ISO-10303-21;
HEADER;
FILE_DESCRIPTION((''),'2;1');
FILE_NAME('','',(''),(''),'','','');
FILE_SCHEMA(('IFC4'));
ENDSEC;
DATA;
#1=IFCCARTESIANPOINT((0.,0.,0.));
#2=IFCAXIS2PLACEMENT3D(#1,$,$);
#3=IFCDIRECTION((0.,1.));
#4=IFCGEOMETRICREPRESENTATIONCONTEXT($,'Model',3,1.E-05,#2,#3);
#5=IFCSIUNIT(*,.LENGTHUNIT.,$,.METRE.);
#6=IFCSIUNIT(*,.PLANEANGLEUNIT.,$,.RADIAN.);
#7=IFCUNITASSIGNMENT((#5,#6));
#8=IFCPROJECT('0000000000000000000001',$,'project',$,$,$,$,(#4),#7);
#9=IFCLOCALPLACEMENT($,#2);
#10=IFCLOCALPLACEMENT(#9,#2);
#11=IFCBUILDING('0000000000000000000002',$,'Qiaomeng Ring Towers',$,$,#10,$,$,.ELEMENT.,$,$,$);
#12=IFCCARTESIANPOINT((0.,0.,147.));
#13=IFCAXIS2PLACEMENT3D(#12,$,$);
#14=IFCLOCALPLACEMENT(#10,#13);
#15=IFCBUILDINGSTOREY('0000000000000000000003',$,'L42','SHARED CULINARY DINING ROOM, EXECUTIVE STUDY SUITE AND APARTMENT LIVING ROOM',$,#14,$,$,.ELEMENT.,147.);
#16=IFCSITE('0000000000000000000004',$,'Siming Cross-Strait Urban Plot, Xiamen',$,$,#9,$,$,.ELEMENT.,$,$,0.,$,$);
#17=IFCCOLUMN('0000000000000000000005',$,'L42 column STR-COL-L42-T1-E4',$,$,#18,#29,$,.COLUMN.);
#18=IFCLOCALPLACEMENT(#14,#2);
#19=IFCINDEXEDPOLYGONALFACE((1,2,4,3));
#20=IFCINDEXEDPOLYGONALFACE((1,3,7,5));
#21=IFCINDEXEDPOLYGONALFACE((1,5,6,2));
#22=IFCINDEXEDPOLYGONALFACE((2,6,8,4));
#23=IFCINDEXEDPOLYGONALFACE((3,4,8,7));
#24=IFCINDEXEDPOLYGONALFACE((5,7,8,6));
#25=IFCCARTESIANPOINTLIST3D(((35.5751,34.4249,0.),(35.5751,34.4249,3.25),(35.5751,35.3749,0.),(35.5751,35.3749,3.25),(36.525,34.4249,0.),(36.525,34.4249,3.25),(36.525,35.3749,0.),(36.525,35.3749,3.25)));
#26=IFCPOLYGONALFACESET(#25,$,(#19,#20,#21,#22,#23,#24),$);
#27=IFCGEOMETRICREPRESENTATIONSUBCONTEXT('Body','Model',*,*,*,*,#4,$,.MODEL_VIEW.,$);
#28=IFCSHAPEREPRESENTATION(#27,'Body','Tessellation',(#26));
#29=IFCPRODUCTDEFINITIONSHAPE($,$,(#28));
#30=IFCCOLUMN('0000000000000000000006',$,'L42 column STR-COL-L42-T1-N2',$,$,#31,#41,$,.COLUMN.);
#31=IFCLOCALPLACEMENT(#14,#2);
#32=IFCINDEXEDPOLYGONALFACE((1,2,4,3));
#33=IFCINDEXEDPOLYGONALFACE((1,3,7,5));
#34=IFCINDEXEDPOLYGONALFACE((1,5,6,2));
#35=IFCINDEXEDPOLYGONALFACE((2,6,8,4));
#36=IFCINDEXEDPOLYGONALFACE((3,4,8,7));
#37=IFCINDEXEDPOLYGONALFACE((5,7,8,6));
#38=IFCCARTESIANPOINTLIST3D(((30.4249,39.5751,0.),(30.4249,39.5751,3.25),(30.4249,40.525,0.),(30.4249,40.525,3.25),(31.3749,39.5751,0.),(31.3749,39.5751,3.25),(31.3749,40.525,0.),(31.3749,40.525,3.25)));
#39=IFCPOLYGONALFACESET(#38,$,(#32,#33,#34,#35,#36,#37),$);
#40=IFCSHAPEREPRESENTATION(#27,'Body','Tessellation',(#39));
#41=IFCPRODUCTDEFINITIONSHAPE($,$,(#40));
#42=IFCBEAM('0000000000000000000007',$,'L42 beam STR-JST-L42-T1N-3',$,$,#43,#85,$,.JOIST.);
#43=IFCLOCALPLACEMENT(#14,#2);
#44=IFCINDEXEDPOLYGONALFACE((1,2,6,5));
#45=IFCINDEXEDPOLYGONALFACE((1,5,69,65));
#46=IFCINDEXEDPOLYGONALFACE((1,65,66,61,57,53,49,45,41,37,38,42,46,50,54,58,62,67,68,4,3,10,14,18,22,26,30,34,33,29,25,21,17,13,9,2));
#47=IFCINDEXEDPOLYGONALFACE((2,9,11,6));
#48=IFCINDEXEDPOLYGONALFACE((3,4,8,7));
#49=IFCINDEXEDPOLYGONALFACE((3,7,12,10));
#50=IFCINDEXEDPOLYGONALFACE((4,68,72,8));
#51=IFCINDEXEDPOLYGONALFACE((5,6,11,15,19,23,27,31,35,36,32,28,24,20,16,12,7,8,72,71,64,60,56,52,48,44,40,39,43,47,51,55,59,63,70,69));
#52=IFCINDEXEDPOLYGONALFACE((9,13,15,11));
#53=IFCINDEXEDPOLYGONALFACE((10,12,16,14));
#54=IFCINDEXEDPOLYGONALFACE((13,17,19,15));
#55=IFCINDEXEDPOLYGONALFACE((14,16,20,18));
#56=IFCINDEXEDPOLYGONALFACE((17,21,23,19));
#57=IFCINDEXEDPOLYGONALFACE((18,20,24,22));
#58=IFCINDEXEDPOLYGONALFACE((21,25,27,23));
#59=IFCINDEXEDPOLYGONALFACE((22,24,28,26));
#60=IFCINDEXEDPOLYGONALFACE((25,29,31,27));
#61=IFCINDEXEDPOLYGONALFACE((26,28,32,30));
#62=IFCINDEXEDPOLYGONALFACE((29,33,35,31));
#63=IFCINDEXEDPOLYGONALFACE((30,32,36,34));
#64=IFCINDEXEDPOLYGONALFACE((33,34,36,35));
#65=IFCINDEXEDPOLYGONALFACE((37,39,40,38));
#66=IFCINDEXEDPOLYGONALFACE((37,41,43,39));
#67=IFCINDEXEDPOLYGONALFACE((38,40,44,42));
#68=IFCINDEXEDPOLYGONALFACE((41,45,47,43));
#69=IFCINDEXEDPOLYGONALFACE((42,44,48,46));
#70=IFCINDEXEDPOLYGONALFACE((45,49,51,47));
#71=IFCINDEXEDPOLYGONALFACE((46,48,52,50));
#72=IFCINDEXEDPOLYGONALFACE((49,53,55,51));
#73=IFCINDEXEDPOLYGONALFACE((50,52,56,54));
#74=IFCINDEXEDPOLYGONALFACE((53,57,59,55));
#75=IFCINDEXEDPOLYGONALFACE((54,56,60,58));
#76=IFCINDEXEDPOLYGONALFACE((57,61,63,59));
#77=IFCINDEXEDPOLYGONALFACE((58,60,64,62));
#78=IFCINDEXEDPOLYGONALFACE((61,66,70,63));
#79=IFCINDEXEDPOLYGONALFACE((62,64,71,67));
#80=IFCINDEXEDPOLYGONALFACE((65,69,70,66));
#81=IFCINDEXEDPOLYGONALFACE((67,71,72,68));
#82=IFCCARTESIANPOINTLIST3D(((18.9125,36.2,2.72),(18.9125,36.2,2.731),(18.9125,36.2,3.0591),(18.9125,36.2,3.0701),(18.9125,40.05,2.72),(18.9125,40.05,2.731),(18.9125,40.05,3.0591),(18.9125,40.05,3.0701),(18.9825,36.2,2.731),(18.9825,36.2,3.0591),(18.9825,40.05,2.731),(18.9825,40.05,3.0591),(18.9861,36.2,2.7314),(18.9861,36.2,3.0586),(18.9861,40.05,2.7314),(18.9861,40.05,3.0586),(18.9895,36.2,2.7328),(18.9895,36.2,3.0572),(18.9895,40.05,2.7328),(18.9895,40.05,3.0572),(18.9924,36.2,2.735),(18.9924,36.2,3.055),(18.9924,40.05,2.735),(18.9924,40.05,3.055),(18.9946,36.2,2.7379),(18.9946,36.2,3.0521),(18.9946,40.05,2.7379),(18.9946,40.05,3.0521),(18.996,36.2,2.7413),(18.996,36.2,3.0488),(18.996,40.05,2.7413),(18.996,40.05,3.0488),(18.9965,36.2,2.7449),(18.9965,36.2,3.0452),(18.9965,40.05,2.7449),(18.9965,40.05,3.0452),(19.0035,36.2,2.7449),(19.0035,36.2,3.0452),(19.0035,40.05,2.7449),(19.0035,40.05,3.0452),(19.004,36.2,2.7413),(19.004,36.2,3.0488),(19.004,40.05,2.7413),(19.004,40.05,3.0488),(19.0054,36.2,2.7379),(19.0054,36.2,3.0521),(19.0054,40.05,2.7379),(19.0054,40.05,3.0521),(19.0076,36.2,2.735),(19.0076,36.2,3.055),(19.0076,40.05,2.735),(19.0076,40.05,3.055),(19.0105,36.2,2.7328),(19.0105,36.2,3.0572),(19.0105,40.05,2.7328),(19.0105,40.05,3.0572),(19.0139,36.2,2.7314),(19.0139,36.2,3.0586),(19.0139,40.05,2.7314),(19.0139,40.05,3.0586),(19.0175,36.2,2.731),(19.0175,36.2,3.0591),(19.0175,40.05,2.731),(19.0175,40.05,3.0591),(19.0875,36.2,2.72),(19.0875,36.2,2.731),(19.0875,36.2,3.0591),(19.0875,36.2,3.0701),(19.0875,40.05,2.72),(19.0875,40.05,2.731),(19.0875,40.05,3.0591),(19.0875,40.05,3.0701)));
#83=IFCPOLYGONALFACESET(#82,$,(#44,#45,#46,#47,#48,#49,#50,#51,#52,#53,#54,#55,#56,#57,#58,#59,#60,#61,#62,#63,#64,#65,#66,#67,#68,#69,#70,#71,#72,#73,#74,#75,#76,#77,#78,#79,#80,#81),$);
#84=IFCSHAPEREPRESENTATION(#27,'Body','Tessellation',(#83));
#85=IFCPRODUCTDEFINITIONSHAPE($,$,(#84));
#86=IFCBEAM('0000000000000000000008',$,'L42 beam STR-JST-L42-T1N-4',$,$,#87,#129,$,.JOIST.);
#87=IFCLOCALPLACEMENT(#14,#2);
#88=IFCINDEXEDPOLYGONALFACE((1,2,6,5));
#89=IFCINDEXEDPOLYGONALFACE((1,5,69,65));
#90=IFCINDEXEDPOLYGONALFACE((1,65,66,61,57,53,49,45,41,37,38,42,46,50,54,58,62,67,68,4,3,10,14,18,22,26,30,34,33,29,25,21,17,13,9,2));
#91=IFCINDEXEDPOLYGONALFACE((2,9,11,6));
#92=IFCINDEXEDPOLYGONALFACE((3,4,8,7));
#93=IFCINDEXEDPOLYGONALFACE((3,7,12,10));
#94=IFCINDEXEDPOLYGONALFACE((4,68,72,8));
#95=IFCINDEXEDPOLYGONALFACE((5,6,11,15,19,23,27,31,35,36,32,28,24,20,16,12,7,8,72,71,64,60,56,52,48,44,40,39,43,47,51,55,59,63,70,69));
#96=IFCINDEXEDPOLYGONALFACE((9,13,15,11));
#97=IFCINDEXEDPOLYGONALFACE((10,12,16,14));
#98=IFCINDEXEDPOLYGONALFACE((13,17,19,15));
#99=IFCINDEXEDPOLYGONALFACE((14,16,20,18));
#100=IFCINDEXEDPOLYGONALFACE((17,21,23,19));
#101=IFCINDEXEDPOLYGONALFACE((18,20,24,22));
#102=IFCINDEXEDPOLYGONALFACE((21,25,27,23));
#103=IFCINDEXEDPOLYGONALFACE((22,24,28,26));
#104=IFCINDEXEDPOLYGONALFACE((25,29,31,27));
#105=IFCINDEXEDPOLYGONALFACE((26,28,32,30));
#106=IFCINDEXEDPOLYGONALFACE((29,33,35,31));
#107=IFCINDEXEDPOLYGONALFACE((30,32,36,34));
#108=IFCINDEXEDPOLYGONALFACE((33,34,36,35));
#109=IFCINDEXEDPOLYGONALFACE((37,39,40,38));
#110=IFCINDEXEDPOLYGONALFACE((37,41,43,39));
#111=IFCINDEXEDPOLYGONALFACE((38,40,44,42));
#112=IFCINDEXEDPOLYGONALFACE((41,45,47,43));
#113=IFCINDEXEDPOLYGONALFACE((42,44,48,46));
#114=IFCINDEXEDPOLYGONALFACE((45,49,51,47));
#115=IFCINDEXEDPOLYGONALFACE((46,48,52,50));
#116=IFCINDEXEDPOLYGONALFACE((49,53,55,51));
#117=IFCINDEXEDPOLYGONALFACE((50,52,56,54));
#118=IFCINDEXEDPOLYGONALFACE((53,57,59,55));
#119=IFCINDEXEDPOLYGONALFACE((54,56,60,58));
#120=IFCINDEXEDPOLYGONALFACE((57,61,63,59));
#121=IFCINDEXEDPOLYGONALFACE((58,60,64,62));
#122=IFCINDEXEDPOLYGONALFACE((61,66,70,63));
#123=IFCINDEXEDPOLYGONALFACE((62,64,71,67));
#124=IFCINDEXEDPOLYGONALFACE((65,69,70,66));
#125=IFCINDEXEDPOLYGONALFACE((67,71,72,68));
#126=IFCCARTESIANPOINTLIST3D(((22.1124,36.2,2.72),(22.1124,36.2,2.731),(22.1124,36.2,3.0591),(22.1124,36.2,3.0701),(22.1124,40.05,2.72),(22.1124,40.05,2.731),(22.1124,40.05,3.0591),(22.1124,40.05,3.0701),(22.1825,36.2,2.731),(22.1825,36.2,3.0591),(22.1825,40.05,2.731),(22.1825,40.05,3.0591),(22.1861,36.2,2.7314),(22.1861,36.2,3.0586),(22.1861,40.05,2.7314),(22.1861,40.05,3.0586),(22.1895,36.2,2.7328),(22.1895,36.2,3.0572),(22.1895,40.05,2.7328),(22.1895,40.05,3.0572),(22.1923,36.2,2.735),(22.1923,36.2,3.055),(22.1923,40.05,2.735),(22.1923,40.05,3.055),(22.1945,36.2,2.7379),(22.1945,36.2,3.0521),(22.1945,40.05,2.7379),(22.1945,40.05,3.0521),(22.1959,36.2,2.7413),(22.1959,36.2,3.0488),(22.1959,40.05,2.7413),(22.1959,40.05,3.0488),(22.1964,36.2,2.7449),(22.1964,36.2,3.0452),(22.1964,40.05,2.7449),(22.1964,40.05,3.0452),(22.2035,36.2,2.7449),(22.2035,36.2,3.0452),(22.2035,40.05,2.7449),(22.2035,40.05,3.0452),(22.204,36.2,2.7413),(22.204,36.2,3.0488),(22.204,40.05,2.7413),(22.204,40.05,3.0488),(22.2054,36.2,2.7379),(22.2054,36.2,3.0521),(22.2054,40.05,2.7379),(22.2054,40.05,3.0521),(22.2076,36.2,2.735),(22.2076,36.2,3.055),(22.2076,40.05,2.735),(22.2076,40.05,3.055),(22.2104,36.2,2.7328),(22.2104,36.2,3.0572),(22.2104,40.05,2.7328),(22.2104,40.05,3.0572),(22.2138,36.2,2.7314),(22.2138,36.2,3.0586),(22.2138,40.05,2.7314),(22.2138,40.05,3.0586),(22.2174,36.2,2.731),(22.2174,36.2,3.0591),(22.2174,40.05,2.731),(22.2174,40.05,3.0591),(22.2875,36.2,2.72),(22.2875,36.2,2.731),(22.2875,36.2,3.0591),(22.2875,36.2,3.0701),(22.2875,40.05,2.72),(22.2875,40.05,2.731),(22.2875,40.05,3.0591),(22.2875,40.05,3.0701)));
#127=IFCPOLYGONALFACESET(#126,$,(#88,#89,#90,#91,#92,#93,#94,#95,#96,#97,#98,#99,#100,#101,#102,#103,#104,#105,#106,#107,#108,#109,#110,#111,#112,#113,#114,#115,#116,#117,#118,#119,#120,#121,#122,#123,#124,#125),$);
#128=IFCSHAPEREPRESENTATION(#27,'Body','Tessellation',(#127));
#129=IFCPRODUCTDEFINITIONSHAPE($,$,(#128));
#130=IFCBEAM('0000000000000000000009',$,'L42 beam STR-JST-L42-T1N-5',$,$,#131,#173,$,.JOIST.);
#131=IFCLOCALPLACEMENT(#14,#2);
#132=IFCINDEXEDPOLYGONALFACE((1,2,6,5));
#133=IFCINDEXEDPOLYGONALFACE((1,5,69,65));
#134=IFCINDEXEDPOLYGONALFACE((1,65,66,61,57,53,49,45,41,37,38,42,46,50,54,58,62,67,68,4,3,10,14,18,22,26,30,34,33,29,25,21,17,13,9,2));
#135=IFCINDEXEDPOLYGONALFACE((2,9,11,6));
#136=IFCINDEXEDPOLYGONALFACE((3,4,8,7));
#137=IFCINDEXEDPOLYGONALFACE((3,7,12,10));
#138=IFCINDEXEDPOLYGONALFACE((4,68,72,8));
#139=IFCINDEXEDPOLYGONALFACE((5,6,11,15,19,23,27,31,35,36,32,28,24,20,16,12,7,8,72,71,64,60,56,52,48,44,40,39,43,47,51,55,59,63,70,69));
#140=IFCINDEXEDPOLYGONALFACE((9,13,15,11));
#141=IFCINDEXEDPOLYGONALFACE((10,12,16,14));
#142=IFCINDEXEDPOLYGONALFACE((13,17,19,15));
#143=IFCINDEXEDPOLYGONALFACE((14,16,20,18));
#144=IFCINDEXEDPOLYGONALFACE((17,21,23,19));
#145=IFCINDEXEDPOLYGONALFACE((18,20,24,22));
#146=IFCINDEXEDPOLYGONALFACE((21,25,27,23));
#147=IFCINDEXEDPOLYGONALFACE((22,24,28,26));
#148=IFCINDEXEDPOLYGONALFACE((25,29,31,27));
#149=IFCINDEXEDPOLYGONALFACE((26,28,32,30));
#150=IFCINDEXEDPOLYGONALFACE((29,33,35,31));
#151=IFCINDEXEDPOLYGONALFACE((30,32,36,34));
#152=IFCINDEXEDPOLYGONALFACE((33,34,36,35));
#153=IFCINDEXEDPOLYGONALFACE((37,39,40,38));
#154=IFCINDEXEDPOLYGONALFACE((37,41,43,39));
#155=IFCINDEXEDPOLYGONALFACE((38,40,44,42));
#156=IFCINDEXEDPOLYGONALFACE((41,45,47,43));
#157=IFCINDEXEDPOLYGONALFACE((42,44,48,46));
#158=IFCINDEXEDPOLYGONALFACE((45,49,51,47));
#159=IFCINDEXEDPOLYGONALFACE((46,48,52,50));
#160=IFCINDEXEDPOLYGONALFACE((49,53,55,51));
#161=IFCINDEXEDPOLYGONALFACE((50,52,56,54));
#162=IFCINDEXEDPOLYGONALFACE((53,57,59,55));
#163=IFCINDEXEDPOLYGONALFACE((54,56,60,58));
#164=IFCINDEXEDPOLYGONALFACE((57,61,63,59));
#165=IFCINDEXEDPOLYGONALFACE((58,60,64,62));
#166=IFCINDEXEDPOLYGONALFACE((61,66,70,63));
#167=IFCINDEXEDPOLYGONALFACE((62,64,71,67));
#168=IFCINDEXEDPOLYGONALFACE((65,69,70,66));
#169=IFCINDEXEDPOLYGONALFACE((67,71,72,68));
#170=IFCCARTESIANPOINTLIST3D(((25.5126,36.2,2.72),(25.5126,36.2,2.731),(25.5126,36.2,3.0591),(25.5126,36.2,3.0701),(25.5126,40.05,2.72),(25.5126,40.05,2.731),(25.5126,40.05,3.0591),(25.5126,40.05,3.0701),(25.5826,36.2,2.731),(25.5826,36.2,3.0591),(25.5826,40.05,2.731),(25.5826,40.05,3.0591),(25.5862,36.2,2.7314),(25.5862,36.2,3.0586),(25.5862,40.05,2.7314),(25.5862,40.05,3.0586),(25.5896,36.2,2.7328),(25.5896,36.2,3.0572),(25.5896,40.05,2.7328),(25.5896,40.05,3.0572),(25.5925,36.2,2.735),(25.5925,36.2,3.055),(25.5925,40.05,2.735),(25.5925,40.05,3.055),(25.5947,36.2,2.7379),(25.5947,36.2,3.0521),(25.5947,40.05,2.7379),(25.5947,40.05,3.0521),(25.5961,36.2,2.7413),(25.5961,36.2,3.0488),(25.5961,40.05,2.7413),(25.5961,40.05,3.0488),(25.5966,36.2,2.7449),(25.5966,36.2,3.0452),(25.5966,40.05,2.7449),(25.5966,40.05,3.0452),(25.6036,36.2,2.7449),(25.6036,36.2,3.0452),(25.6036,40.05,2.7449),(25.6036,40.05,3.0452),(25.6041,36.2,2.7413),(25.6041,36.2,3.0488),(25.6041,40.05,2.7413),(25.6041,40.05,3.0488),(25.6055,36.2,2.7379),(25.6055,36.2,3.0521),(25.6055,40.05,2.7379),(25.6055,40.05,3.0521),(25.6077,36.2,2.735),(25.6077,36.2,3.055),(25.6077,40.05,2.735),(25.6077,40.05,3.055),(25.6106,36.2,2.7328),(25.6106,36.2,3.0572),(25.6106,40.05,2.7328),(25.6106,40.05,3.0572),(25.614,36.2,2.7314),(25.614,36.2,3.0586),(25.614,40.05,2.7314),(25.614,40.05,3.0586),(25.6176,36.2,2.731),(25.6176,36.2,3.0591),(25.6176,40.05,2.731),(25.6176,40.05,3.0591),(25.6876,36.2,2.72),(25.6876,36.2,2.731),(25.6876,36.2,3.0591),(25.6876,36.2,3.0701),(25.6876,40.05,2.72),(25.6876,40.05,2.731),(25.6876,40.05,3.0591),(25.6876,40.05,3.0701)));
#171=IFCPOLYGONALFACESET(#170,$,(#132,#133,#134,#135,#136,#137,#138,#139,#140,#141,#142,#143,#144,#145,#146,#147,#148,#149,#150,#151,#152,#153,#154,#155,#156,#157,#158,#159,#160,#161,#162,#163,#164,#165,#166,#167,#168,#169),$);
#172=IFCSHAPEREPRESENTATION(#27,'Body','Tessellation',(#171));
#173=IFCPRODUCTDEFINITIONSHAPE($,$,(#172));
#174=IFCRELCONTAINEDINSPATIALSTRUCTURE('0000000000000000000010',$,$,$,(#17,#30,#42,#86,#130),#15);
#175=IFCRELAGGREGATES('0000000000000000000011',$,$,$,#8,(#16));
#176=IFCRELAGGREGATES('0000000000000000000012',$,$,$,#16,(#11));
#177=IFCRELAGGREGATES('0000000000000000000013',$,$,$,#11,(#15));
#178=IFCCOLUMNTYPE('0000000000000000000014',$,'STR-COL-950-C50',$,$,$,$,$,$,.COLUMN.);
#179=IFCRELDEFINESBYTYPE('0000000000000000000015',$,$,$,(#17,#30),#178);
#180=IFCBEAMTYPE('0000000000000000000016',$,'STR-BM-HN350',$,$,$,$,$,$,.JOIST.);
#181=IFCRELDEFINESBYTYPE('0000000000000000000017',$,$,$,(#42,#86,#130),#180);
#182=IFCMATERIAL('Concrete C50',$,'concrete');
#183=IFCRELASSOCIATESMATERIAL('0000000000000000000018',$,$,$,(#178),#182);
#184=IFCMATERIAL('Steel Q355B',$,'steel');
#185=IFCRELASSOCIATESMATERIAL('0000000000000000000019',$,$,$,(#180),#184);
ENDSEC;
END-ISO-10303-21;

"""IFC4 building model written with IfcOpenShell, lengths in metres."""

from ifc_helpers import new_model, si_unit, direction, frame, origin, origin_2d, place, context, subcontext, project, spatial, rectangle, i_section, extrude, source, transform, mapped, material, material_profile, profile_set, type_object, element, save


model = new_model("IFC4")

# Units and contexts
model_context = context("Model", 3, precision=1e-05, world=origin(), true_north=direction((0.0, 1.0)))
body_context = subcontext(model_context, "Body", "Model", "MODEL_VIEW")
ifc_project = project(units=[si_unit("LENGTHUNIT", "METRE"), si_unit("PLANEANGLEUNIT", "RADIAN")], contexts=[model_context])

# Site, building, storey
site_placement = place(None, origin())
site = spatial("IfcSite", under=ifc_project, at=site_placement, Name="Siming Cross-Strait Urban Plot, Xiamen", CompositionType="ELEMENT", RefElevation=0.0)
building_placement = place(site_placement, origin())
building = spatial("IfcBuilding", under=site, at=building_placement, Name="Qiaomeng Ring Towers", CompositionType="ELEMENT")
storey_placement = place(building_placement, frame((0.0, 0.0, 147.0)))
storey = spatial("IfcBuildingStorey", under=building, at=storey_placement, Name="L42", Description="SHARED CULINARY DINING ROOM, EXECUTIVE STUDY SUITE AND APARTMENT LIVING ROOM", CompositionType="ELEMENT", Elevation=147.0)

# Columns
ifc_material_1 = material(Name="Concrete C50", Category="concrete")
ifc_material_profile_1 = material_profile(ifc_material_1, rectangle(XDim=0.95, YDim=0.95, at=origin_2d()), Name="RC COL 950x950")
ifc_profile_set_1 = profile_set([ifc_material_profile_1], Name="Concrete C50")
column_type = type_object("IfcColumnType", Name="STR-COL-950-C50", PredefinedType="COLUMN", material=ifc_profile_set_1)
shared_shape_1 = source(origin(), body_context, "Body", "SweptSolid", [
    extrude(rectangle(XDim=0.95, YDim=0.95, at=origin_2d()), origin(), (0.0, 0.0, 1.0), 3.25),
])
for number, where, z_axis, x_axis, name in (
    (1, (36.05, 34.8999, 0.0), (0.0, 0.0, 1.0), (1.0, 0.0, 0.0), "L42 column STR-COL-L42-T1-E4"),
    (2, (30.8999, 40.05, 0.0), (0.0, 0.0, 1.0), (1.0, 0.0, 0.0), "L42 column STR-COL-L42-T1-N2"),
):
    element("IfcColumn", number, at=place(storey_placement, frame(where, z_axis=z_axis, x_axis=x_axis)), inside=storey, type_object=column_type, Name=name, PredefinedType="COLUMN", context=body_context, shape_type="MappedRepresentation", body=[
        mapped(shared_shape_1, transform((0.0, 0.0, 0.0), x_axis=(1.0, 0.0, 0.0), y_axis=(0.0, 1.0, 0.0), z_axis=(0.0, 0.0, 1.0), scale=1.0)),
    ])

# Beams
ifc_material_2 = material(Name="Steel Q355B", Category="steel")
ifc_material_profile_2 = material_profile(ifc_material_2, i_section(OverallWidth=0.175, OverallDepth=0.3501, WebThickness=0.0071, FlangeThickness=0.011, FilletRadius=0.0139, at=origin_2d()), Name="HN 350x175x7x11")
ifc_profile_set_2 = profile_set([ifc_material_profile_2], Name="Steel Q355B")
beam_type_1 = type_object("IfcBeamType", Name="STR-BM-HN350", PredefinedType="JOIST", material=ifc_profile_set_2)
shared_shape_2 = source(origin(), body_context, "Body", "SweptSolid", [
    extrude(i_section(OverallWidth=0.175, OverallDepth=0.3501, WebThickness=0.0071, FlangeThickness=0.011, FilletRadius=0.0139, at=origin_2d()), origin(), (0.0, 0.0, 1.0), 3.8501),
])
for number, where, z_axis, x_axis, name in (
    (3, (19.0, 36.2, 2.895), (0.0, 1.0, 0.0), (-1.0, 0.0, 0.0), "L42 beam STR-JST-L42-T1N-3"),
    (4, (22.2, 36.2, 2.895), (0.0, 1.0, 0.0), (-1.0, 0.0, 0.0), "L42 beam STR-JST-L42-T1N-4"),
    (5, (25.6001, 36.2, 2.895), (0.0, 1.0, 0.0), (-1.0, 0.0, 0.0), "L42 beam STR-JST-L42-T1N-5"),
):
    element("IfcBeam", number, at=place(storey_placement, frame(where, z_axis=z_axis, x_axis=x_axis)), inside=storey, type_object=beam_type_1, Name=name, PredefinedType="JOIST", context=body_context, shape_type="MappedRepresentation", body=[
        mapped(shared_shape_2, transform((0.0, 0.0, 0.0), x_axis=(1.0, 0.0, 0.0), y_axis=(0.0, 1.0, 0.0), z_axis=(0.0, 0.0, 1.0), scale=1.0)),
    ])

save(model, "model.ifc")
